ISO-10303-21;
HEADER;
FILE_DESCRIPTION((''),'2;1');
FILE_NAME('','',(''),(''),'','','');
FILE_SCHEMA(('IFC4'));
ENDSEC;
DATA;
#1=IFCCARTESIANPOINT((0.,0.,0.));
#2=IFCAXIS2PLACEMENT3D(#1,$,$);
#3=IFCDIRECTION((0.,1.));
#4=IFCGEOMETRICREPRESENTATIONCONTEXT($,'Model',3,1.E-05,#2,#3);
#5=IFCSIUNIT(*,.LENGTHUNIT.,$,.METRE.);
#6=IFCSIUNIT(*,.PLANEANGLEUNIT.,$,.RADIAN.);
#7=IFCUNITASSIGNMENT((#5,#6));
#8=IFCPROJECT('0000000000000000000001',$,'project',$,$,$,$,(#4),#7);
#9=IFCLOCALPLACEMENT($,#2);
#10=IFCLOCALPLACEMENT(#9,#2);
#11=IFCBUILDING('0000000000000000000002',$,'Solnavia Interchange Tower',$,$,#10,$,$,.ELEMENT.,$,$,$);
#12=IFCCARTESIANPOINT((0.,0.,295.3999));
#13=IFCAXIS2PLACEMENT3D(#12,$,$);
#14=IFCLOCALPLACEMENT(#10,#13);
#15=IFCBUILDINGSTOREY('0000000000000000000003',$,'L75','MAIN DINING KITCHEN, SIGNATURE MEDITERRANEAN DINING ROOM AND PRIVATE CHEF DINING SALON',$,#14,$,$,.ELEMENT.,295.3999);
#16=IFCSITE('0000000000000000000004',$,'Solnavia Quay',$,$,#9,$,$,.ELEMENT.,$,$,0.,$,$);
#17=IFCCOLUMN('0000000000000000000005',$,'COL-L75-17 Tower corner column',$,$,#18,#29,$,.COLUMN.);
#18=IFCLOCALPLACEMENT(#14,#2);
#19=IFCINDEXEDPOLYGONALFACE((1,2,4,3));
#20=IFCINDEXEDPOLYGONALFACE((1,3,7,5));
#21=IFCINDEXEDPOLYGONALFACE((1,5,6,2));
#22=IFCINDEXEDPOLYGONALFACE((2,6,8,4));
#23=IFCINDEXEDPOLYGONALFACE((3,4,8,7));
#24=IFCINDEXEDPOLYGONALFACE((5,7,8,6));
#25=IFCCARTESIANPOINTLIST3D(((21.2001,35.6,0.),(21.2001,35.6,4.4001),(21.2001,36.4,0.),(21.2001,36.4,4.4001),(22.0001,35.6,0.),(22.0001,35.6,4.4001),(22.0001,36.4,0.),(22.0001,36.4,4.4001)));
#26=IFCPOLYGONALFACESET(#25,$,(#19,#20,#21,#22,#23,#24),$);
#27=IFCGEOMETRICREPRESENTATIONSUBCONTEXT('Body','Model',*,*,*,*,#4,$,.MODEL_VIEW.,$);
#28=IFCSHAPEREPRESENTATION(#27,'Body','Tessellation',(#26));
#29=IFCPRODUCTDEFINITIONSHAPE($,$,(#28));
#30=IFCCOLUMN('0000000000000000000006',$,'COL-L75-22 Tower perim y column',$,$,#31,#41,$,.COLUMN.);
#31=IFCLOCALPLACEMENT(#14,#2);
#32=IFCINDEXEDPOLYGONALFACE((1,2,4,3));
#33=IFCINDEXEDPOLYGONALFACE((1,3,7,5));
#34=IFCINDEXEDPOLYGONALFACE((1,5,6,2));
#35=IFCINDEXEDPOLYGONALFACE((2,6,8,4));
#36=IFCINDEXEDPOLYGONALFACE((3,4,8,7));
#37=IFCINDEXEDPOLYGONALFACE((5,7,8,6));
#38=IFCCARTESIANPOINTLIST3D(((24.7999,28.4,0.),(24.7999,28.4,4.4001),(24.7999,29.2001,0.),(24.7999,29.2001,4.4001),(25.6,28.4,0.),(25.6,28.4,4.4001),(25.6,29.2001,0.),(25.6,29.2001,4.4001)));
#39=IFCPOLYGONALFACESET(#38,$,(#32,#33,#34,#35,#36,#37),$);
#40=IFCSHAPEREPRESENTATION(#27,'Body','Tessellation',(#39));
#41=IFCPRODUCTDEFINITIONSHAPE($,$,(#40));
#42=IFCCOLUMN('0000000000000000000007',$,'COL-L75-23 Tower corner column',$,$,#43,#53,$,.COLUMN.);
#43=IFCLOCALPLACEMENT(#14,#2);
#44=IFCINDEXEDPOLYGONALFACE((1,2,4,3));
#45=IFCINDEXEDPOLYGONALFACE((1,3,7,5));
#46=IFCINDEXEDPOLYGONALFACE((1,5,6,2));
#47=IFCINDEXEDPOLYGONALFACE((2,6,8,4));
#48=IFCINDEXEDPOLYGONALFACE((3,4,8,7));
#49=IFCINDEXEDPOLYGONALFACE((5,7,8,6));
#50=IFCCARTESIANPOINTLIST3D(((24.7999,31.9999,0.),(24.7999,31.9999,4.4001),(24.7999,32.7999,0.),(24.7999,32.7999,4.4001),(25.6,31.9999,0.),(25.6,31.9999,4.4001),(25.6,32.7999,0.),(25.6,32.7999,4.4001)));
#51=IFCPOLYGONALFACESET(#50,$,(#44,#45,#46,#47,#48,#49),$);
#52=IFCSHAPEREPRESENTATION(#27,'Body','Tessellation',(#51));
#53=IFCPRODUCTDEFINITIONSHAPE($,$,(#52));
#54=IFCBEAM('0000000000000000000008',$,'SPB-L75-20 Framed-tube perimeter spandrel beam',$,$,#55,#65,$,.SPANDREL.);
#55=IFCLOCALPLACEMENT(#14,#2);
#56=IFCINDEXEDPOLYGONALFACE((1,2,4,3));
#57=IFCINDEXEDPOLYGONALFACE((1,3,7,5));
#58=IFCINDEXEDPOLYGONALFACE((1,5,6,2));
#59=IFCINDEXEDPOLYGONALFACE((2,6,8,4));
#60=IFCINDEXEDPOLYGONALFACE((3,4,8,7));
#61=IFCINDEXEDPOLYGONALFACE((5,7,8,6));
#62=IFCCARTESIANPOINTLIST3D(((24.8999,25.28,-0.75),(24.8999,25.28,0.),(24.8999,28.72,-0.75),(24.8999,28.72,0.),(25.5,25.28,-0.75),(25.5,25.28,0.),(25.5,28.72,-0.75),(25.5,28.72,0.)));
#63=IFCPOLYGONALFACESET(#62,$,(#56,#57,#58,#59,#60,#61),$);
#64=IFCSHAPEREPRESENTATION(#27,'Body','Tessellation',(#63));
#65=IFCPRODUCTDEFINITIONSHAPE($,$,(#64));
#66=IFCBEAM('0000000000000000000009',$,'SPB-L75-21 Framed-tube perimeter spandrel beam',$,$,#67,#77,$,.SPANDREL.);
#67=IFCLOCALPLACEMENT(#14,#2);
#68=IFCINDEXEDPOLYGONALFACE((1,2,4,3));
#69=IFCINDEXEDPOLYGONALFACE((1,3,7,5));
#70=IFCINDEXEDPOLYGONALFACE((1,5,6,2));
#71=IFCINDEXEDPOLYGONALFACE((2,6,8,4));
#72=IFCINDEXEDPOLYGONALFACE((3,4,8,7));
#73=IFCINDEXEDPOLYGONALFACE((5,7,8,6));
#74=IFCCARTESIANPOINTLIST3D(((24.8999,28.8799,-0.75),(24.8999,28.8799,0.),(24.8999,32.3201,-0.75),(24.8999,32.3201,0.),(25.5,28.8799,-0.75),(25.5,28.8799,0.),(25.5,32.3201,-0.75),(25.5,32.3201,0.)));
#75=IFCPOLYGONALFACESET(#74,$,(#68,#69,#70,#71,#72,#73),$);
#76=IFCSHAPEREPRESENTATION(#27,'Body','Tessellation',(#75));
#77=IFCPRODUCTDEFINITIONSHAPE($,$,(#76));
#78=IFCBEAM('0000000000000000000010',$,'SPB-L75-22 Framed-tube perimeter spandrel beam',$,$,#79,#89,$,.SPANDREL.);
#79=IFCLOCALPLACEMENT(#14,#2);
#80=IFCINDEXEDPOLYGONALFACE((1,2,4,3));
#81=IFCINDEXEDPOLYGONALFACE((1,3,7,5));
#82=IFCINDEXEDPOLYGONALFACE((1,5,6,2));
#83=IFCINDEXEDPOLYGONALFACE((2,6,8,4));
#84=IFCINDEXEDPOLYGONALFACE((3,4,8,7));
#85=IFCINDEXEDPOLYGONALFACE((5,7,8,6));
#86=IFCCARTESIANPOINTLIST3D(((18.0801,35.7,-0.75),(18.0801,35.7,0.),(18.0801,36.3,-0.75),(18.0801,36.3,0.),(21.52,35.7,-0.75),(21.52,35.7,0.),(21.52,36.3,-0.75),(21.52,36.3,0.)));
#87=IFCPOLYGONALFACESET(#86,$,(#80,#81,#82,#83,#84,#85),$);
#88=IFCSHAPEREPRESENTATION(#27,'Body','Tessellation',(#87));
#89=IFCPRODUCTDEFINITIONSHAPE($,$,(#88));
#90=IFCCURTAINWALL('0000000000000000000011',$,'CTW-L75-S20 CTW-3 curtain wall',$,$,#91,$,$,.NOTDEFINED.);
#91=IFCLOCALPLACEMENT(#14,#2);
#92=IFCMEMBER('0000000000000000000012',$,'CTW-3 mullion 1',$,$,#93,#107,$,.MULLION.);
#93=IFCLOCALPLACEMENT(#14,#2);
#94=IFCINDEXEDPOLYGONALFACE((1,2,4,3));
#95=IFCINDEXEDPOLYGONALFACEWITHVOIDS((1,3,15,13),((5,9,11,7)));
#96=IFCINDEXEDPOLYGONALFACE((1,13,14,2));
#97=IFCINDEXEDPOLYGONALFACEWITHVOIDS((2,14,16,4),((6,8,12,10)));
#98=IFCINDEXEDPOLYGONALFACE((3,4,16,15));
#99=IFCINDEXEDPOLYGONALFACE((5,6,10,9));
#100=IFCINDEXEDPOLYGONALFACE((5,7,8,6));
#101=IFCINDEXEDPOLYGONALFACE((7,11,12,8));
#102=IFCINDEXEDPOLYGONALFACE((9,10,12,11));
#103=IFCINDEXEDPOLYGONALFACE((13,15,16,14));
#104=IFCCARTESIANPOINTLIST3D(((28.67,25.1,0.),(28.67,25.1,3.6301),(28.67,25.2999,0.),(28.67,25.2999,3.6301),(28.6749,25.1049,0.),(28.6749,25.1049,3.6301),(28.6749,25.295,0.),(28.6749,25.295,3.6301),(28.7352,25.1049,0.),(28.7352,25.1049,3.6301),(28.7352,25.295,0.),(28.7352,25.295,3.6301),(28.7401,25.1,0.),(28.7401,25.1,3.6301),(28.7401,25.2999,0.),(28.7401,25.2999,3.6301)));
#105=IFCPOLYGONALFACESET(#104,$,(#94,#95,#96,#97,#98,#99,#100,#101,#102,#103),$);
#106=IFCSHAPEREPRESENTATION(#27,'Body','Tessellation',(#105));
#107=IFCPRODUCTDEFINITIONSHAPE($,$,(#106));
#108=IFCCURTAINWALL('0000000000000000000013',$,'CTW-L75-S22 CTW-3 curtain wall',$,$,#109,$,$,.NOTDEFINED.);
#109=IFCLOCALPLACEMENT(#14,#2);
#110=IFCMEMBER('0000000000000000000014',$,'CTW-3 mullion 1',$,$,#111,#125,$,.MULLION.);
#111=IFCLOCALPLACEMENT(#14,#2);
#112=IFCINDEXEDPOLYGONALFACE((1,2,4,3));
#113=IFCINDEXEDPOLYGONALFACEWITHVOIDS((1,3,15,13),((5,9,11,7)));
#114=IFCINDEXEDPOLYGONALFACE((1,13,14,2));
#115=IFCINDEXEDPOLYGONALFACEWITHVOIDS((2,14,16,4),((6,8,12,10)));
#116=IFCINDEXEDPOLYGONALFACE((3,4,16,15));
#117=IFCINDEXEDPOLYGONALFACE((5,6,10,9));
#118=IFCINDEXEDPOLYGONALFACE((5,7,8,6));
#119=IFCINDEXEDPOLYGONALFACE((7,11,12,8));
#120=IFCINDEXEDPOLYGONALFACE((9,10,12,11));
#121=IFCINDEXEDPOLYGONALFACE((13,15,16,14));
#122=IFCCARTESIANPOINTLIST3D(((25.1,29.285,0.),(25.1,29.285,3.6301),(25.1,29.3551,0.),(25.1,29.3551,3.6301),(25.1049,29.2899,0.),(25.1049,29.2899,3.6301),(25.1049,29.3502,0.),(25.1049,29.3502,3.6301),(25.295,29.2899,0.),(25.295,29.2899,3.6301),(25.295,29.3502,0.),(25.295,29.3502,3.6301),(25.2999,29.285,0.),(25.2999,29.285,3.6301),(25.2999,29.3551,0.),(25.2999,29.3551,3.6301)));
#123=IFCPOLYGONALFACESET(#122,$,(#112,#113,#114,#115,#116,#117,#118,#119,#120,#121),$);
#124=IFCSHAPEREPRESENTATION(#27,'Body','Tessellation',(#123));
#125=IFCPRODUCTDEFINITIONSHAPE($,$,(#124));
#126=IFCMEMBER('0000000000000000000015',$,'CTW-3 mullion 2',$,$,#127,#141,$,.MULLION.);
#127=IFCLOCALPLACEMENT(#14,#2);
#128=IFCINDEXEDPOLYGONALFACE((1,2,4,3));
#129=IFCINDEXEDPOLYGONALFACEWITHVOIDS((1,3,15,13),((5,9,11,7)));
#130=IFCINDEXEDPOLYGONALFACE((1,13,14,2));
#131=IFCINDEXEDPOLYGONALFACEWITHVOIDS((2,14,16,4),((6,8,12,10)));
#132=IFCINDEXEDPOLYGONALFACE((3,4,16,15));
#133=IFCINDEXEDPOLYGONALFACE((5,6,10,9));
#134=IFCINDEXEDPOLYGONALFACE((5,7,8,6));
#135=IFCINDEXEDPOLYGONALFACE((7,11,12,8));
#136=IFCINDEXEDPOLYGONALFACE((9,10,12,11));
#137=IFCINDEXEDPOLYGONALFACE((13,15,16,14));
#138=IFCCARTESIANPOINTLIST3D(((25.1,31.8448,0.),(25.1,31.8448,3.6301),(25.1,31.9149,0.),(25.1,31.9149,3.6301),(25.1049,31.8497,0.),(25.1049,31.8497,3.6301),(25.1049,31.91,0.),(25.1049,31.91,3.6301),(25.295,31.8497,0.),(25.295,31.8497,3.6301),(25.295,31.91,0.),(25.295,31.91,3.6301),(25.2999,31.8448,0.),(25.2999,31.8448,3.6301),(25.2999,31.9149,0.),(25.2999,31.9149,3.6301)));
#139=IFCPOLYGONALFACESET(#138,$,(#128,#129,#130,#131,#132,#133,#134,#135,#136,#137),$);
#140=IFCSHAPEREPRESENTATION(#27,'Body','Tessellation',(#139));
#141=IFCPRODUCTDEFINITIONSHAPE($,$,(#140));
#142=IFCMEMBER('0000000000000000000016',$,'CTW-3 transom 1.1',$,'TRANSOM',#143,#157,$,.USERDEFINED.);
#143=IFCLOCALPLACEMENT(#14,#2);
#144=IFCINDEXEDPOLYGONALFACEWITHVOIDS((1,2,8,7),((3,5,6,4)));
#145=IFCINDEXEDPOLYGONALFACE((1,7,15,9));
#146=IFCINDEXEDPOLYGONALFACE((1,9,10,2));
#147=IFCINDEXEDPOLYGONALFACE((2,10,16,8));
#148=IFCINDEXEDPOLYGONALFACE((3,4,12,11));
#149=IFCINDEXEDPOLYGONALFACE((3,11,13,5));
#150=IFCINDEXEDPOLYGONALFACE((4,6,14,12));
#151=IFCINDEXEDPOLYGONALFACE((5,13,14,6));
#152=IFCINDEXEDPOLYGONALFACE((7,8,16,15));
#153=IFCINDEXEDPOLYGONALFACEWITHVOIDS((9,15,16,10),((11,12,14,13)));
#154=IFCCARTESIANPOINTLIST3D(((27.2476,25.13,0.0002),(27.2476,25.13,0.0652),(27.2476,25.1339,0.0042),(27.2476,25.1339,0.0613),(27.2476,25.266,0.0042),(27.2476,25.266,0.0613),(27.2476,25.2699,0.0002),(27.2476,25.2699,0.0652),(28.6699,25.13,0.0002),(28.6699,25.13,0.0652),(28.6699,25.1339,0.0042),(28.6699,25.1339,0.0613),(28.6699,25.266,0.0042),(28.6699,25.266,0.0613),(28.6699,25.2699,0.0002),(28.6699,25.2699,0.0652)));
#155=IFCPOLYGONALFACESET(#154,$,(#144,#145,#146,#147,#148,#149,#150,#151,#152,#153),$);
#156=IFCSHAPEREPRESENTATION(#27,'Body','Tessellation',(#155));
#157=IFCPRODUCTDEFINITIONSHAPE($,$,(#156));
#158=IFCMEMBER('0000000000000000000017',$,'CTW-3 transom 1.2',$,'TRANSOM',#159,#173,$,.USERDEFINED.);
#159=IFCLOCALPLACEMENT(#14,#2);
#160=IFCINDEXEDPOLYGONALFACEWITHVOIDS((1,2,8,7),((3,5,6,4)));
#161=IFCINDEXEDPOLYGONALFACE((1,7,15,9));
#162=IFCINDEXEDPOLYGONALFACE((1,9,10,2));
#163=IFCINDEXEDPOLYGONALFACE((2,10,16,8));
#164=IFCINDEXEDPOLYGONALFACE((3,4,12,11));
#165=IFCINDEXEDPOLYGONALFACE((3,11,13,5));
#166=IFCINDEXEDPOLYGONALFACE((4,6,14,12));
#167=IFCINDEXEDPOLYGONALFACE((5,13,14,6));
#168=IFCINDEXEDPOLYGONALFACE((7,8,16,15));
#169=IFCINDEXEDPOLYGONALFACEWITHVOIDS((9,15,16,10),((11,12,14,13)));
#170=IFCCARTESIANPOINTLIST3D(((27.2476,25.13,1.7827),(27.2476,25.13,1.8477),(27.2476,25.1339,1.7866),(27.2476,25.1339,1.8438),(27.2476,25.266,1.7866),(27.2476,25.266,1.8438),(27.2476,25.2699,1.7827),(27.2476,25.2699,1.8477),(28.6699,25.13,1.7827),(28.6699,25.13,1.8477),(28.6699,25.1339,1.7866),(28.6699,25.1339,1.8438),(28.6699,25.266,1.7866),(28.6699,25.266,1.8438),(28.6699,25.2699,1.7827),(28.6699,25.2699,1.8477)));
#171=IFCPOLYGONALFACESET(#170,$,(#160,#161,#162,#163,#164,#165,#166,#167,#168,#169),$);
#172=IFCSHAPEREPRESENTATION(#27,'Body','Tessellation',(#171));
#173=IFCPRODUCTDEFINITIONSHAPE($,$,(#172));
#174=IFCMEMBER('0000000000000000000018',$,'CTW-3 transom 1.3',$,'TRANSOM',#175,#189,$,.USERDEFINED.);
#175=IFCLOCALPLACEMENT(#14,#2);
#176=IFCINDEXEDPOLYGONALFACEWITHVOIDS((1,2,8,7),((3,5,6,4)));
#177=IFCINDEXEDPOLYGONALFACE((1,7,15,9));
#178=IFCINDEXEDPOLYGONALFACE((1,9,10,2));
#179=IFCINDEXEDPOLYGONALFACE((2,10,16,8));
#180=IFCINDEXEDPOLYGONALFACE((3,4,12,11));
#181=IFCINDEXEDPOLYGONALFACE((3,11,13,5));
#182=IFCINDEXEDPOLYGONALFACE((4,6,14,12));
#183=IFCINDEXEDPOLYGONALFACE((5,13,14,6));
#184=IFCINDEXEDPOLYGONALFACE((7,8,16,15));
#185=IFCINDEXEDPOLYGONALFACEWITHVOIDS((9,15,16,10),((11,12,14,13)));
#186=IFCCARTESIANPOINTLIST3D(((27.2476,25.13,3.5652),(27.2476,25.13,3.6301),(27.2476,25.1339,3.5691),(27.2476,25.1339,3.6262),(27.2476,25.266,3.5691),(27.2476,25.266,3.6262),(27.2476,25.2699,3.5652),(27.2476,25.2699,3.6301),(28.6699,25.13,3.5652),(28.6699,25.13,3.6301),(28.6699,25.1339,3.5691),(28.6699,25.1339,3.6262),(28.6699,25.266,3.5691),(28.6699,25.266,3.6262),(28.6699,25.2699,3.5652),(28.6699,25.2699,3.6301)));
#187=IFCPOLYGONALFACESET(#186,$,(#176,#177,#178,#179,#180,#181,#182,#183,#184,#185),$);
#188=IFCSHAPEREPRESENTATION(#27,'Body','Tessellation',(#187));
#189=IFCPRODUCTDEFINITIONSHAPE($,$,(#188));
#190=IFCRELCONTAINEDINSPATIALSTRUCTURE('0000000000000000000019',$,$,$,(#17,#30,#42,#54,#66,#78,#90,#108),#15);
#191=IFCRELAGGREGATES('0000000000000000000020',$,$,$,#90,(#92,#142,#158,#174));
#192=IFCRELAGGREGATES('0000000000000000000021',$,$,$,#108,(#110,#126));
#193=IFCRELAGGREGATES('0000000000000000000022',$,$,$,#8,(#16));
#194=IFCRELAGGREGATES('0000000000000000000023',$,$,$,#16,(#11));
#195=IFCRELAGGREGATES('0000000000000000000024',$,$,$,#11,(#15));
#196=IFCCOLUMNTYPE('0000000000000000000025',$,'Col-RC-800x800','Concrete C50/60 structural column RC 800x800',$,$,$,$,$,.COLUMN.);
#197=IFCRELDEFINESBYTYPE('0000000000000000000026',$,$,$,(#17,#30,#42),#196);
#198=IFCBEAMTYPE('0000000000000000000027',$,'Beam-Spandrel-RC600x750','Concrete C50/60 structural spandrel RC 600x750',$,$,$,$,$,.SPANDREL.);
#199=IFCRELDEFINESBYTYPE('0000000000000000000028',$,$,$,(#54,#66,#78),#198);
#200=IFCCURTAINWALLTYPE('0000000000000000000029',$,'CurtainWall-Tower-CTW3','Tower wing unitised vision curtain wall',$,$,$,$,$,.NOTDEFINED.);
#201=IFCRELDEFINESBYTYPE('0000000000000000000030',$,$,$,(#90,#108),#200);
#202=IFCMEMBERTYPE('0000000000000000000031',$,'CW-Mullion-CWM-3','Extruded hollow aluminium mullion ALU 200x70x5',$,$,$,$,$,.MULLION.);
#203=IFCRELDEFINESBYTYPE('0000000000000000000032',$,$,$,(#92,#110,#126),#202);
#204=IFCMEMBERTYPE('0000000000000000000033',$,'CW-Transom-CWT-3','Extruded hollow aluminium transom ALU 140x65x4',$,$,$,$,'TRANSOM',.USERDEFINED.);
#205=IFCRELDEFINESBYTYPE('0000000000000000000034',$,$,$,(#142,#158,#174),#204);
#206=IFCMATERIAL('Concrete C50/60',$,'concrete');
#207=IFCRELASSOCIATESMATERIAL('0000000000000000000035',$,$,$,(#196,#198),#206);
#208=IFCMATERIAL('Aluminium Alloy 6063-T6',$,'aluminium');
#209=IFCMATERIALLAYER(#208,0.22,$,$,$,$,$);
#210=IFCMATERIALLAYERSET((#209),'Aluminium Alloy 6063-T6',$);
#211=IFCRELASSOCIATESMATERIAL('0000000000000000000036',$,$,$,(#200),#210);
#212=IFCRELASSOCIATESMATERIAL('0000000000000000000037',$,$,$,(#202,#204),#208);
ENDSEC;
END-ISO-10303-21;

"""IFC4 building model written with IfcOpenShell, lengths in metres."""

from ifc_helpers import new_model, si_unit, direction, frame, origin, origin_2d, place, context, subcontext, project, spatial, rectangle, hollow_rectangle, extrude, material, layer, layer_set, material_profile, profile_set, type_object, element, aggregate, save


model = new_model("IFC4")

# Units and contexts
model_context = context("Model", 3, precision=1e-05, world=origin(), true_north=direction((0.0, 1.0)))
body_context = subcontext(model_context, "Body", "Model", "MODEL_VIEW")
ifc_project = project(units=[si_unit("LENGTHUNIT", "METRE"), si_unit("PLANEANGLEUNIT", "RADIAN")], contexts=[model_context])

# Site, building, storey
site_placement = place(None, origin())
site = spatial("IfcSite", under=ifc_project, at=site_placement, Name="Solnavia Quay", CompositionType="ELEMENT", RefElevation=0.0)
building_placement = place(site_placement, origin())
building = spatial("IfcBuilding", under=site, at=building_placement, Name="Solnavia Interchange Tower", CompositionType="ELEMENT")
storey_placement = place(building_placement, frame((0.0, 0.0, 295.3999)))
storey = spatial("IfcBuildingStorey", under=building, at=storey_placement, Name="L75", Description="MAIN DINING KITCHEN, SIGNATURE MEDITERRANEAN DINING ROOM AND PRIVATE CHEF DINING SALON", CompositionType="ELEMENT", Elevation=295.3999)

# Columns
ifc_material_1 = material(Name="Concrete C50/60", Category="concrete")
ifc_material_profile_1 = material_profile(ifc_material_1, rectangle(XDim=0.8, YDim=0.8, at=origin_2d()), Name="RC 800x800")
ifc_profile_set_1 = profile_set([ifc_material_profile_1], Name="Concrete C50/60")
column_type = type_object("IfcColumnType", Name="Col-RC-800x800", Description="Concrete C50/60 structural column RC 800x800", PredefinedType="COLUMN", material=ifc_profile_set_1)
for number, where, z_axis, x_axis, name in (
    (1, (21.6001, 36.0, 0.0), (0.0, 0.0, 1.0), (1.0, 0.0, 0.0), "COL-L75-17 Tower corner column"),
    (2, (25.2, 28.8, 0.0), (0.0, 0.0, 1.0), (0.0, 1.0, 0.0), "COL-L75-22 Tower perim y column"),
    (3, (25.2, 32.3999, 0.0), (0.0, 0.0, 1.0), (0.0, 1.0, 0.0), "COL-L75-23 Tower corner column"),
):
    element("IfcColumn", number, at=place(storey_placement, frame(where, z_axis=z_axis, x_axis=x_axis)), inside=storey, type_object=column_type, Name=name, PredefinedType="COLUMN", context=body_context, shape_type="SweptSolid", body=[
        extrude(rectangle(XDim=0.8, YDim=0.8, at=origin_2d()), origin(), (0.0, 0.0, 1.0), 4.4001),
    ])

# Beams
ifc_material_profile_2 = material_profile(ifc_material_1, rectangle(XDim=0.6001, YDim=0.75, at=origin_2d()), Name="RC 600x750")
ifc_profile_set_2 = profile_set([ifc_material_profile_2], Name="Concrete C50/60")
beam_type = type_object("IfcBeamType", Name="Beam-Spandrel-RC600x750", Description="Concrete C50/60 structural spandrel RC 600x750", PredefinedType="SPANDREL", material=ifc_profile_set_2)
beam_1_placement = place(storey_placement, frame((25.2, 25.28, -0.375), z_axis=(0.0, 1.0, 0.0), x_axis=(-1.0, 0.0, 0.0)))
element("IfcBeam", 4, at=beam_1_placement, inside=storey, type_object=beam_type, Name="SPB-L75-20 Framed-tube perimeter spandrel beam", PredefinedType="SPANDREL", context=body_context, shape_type="SweptSolid", body=[
    extrude(rectangle(XDim=0.6001, YDim=0.75, at=origin_2d()), origin(), (0.0, 0.0, 1.0), 3.4399),
])
beam_2_placement = place(storey_placement, frame((25.2, 28.8799, -0.375), z_axis=(0.0, 1.0, 0.0), x_axis=(-1.0, 0.0, 0.0)))
element("IfcBeam", 5, at=beam_2_placement, inside=storey, type_object=beam_type, Name="SPB-L75-21 Framed-tube perimeter spandrel beam", PredefinedType="SPANDREL", context=body_context, shape_type="SweptSolid", body=[
    extrude(rectangle(XDim=0.6001, YDim=0.75, at=origin_2d()), origin(), (0.0, 0.0, 1.0), 3.4402),
])
beam_3_placement = place(storey_placement, frame((21.52, 36.0, -0.375), z_axis=(-1.0, 0.0, 0.0), x_axis=(0.0, -1.0, 0.0)))
element("IfcBeam", 6, at=beam_3_placement, inside=storey, type_object=beam_type, Name="SPB-L75-22 Framed-tube perimeter spandrel beam", PredefinedType="SPANDREL", context=body_context, shape_type="SweptSolid", body=[
    extrude(rectangle(XDim=0.6001, YDim=0.75, at=origin_2d()), origin(), (0.0, 0.0, 1.0), 3.4399),
])

# Curtain wall, member
ifc_material_2 = material(Name="Aluminium Alloy 6063-T6", Category="aluminium")
ifc_layer_1 = layer(ifc_material_2, 0.22)
ifc_layer_set_1 = layer_set([ifc_layer_1], Name="Aluminium Alloy 6063-T6")
curtain_wall_type = type_object("IfcCurtainWallType", Name="CurtainWall-Tower-CTW3", Description="Tower wing unitised vision curtain wall", PredefinedType="NOTDEFINED", material=ifc_layer_set_1)
curtain_wall_1_placement = place(storey_placement, origin())
curtain_wall_1 = element("IfcCurtainWall", 7, at=curtain_wall_1_placement, inside=storey, type_object=curtain_wall_type, Name="CTW-L75-S20 CTW-3 curtain wall", PredefinedType="NOTDEFINED")
ifc_material_profile_3 = material_profile(ifc_material_2, hollow_rectangle(XDim=0.0701, YDim=0.2, WallThickness=0.0049, at=origin_2d()), Name="ALU 200x70x5")
ifc_profile_set_3 = profile_set([ifc_material_profile_3], Name="Aluminium Alloy 6063-T6")
member_type_1 = type_object("IfcMemberType", Name="CW-Mullion-CWM-3", Description="Extruded hollow aluminium mullion ALU 200x70x5", PredefinedType="MULLION", material=ifc_profile_set_3)
member_1_placement = place(storey_placement, frame((28.7051, 25.2, 0.0), z_axis=(0.0, 0.0, 1.0), x_axis=(-1.0, 0.0, 0.0)))
member_1 = element("IfcMember", 8, at=member_1_placement, type_object=member_type_1, Name="CTW-3 mullion 1", PredefinedType="MULLION", context=body_context, shape_type="SweptSolid", body=[
    extrude(hollow_rectangle(XDim=0.0701, YDim=0.2, WallThickness=0.0049, at=origin_2d()), origin(), (0.0, 0.0, 1.0), 3.6301),
])

# Curtain wall, members
curtain_wall_2_placement = place(storey_placement, origin())
curtain_wall_2 = element("IfcCurtainWall", 9, at=curtain_wall_2_placement, inside=storey, type_object=curtain_wall_type, Name="CTW-L75-S22 CTW-3 curtain wall", PredefinedType="NOTDEFINED")
member_2_placement = place(storey_placement, frame((25.2, 29.3201, 0.0), z_axis=(0.0, 0.0, 1.0), x_axis=(0.0, 1.0, 0.0)))
member_2 = element("IfcMember", 10, at=member_2_placement, type_object=member_type_1, Name="CTW-3 mullion 1", PredefinedType="MULLION", context=body_context, shape_type="SweptSolid", body=[
    extrude(hollow_rectangle(XDim=0.0701, YDim=0.2, WallThickness=0.0049, at=origin_2d()), origin(), (0.0, 0.0, 1.0), 3.6301),
])
member_3_placement = place(storey_placement, frame((25.2, 31.8799, 0.0), z_axis=(0.0, 0.0, 1.0), x_axis=(0.0, 1.0, 0.0)))
member_3 = element("IfcMember", 11, at=member_3_placement, type_object=member_type_1, Name="CTW-3 mullion 2", PredefinedType="MULLION", context=body_context, shape_type="SweptSolid", body=[
    extrude(hollow_rectangle(XDim=0.0701, YDim=0.2, WallThickness=0.0049, at=origin_2d()), origin(), (0.0, 0.0, 1.0), 3.6301),
])

# Members
ifc_material_profile_4 = material_profile(ifc_material_2, hollow_rectangle(XDim=0.0649, YDim=0.1399, WallThickness=0.0039, at=origin_2d()), Name="ALU 140x65x4")
ifc_profile_set_4 = profile_set([ifc_material_profile_4], Name="Aluminium Alloy 6063-T6")
member_type_2 = type_object("IfcMemberType", Name="CW-Transom-CWT-3", Description="Extruded hollow aluminium transom ALU 140x65x4", ElementType="TRANSOM", PredefinedType="USERDEFINED", material=ifc_profile_set_4)
member_4_placement = place(storey_placement, frame((28.6699, 25.2, 0.0327), z_axis=(-1.0, 0.0, 0.0), x_axis=(0.0, 0.0, 1.0)))
member_4 = element("IfcMember", 12, at=member_4_placement, type_object=member_type_2, Name="CTW-3 transom 1.1", ObjectType="TRANSOM", PredefinedType="USERDEFINED", context=body_context, shape_type="SweptSolid", body=[
    extrude(hollow_rectangle(XDim=0.0649, YDim=0.1399, WallThickness=0.0039, at=origin_2d()), origin(), (0.0, 0.0, 1.0), 1.4224),
])
member_5_placement = place(storey_placement, frame((28.6699, 25.2, 1.8152), z_axis=(-1.0, 0.0, 0.0), x_axis=(0.0, 0.0, 1.0)))
member_5 = element("IfcMember", 13, at=member_5_placement, type_object=member_type_2, Name="CTW-3 transom 1.2", ObjectType="TRANSOM", PredefinedType="USERDEFINED", context=body_context, shape_type="SweptSolid", body=[
    extrude(hollow_rectangle(XDim=0.0649, YDim=0.1399, WallThickness=0.0039, at=origin_2d()), origin(), (0.0, 0.0, 1.0), 1.4224),
])
member_6_placement = place(storey_placement, frame((28.6699, 25.2, 3.5977), z_axis=(-1.0, 0.0, 0.0), x_axis=(0.0, 0.0, 1.0)))
member_6 = element("IfcMember", 14, at=member_6_placement, type_object=member_type_2, Name="CTW-3 transom 1.3", ObjectType="TRANSOM", PredefinedType="USERDEFINED", context=body_context, shape_type="SweptSolid", body=[
    extrude(hollow_rectangle(XDim=0.0649, YDim=0.1399, WallThickness=0.0039, at=origin_2d()), origin(), (0.0, 0.0, 1.0), 1.4224),
])
aggregate(curtain_wall_1, [member_1, member_4, member_5, member_6])

aggregate(curtain_wall_2, [member_2, member_3])

save(model, "model.ifc")
